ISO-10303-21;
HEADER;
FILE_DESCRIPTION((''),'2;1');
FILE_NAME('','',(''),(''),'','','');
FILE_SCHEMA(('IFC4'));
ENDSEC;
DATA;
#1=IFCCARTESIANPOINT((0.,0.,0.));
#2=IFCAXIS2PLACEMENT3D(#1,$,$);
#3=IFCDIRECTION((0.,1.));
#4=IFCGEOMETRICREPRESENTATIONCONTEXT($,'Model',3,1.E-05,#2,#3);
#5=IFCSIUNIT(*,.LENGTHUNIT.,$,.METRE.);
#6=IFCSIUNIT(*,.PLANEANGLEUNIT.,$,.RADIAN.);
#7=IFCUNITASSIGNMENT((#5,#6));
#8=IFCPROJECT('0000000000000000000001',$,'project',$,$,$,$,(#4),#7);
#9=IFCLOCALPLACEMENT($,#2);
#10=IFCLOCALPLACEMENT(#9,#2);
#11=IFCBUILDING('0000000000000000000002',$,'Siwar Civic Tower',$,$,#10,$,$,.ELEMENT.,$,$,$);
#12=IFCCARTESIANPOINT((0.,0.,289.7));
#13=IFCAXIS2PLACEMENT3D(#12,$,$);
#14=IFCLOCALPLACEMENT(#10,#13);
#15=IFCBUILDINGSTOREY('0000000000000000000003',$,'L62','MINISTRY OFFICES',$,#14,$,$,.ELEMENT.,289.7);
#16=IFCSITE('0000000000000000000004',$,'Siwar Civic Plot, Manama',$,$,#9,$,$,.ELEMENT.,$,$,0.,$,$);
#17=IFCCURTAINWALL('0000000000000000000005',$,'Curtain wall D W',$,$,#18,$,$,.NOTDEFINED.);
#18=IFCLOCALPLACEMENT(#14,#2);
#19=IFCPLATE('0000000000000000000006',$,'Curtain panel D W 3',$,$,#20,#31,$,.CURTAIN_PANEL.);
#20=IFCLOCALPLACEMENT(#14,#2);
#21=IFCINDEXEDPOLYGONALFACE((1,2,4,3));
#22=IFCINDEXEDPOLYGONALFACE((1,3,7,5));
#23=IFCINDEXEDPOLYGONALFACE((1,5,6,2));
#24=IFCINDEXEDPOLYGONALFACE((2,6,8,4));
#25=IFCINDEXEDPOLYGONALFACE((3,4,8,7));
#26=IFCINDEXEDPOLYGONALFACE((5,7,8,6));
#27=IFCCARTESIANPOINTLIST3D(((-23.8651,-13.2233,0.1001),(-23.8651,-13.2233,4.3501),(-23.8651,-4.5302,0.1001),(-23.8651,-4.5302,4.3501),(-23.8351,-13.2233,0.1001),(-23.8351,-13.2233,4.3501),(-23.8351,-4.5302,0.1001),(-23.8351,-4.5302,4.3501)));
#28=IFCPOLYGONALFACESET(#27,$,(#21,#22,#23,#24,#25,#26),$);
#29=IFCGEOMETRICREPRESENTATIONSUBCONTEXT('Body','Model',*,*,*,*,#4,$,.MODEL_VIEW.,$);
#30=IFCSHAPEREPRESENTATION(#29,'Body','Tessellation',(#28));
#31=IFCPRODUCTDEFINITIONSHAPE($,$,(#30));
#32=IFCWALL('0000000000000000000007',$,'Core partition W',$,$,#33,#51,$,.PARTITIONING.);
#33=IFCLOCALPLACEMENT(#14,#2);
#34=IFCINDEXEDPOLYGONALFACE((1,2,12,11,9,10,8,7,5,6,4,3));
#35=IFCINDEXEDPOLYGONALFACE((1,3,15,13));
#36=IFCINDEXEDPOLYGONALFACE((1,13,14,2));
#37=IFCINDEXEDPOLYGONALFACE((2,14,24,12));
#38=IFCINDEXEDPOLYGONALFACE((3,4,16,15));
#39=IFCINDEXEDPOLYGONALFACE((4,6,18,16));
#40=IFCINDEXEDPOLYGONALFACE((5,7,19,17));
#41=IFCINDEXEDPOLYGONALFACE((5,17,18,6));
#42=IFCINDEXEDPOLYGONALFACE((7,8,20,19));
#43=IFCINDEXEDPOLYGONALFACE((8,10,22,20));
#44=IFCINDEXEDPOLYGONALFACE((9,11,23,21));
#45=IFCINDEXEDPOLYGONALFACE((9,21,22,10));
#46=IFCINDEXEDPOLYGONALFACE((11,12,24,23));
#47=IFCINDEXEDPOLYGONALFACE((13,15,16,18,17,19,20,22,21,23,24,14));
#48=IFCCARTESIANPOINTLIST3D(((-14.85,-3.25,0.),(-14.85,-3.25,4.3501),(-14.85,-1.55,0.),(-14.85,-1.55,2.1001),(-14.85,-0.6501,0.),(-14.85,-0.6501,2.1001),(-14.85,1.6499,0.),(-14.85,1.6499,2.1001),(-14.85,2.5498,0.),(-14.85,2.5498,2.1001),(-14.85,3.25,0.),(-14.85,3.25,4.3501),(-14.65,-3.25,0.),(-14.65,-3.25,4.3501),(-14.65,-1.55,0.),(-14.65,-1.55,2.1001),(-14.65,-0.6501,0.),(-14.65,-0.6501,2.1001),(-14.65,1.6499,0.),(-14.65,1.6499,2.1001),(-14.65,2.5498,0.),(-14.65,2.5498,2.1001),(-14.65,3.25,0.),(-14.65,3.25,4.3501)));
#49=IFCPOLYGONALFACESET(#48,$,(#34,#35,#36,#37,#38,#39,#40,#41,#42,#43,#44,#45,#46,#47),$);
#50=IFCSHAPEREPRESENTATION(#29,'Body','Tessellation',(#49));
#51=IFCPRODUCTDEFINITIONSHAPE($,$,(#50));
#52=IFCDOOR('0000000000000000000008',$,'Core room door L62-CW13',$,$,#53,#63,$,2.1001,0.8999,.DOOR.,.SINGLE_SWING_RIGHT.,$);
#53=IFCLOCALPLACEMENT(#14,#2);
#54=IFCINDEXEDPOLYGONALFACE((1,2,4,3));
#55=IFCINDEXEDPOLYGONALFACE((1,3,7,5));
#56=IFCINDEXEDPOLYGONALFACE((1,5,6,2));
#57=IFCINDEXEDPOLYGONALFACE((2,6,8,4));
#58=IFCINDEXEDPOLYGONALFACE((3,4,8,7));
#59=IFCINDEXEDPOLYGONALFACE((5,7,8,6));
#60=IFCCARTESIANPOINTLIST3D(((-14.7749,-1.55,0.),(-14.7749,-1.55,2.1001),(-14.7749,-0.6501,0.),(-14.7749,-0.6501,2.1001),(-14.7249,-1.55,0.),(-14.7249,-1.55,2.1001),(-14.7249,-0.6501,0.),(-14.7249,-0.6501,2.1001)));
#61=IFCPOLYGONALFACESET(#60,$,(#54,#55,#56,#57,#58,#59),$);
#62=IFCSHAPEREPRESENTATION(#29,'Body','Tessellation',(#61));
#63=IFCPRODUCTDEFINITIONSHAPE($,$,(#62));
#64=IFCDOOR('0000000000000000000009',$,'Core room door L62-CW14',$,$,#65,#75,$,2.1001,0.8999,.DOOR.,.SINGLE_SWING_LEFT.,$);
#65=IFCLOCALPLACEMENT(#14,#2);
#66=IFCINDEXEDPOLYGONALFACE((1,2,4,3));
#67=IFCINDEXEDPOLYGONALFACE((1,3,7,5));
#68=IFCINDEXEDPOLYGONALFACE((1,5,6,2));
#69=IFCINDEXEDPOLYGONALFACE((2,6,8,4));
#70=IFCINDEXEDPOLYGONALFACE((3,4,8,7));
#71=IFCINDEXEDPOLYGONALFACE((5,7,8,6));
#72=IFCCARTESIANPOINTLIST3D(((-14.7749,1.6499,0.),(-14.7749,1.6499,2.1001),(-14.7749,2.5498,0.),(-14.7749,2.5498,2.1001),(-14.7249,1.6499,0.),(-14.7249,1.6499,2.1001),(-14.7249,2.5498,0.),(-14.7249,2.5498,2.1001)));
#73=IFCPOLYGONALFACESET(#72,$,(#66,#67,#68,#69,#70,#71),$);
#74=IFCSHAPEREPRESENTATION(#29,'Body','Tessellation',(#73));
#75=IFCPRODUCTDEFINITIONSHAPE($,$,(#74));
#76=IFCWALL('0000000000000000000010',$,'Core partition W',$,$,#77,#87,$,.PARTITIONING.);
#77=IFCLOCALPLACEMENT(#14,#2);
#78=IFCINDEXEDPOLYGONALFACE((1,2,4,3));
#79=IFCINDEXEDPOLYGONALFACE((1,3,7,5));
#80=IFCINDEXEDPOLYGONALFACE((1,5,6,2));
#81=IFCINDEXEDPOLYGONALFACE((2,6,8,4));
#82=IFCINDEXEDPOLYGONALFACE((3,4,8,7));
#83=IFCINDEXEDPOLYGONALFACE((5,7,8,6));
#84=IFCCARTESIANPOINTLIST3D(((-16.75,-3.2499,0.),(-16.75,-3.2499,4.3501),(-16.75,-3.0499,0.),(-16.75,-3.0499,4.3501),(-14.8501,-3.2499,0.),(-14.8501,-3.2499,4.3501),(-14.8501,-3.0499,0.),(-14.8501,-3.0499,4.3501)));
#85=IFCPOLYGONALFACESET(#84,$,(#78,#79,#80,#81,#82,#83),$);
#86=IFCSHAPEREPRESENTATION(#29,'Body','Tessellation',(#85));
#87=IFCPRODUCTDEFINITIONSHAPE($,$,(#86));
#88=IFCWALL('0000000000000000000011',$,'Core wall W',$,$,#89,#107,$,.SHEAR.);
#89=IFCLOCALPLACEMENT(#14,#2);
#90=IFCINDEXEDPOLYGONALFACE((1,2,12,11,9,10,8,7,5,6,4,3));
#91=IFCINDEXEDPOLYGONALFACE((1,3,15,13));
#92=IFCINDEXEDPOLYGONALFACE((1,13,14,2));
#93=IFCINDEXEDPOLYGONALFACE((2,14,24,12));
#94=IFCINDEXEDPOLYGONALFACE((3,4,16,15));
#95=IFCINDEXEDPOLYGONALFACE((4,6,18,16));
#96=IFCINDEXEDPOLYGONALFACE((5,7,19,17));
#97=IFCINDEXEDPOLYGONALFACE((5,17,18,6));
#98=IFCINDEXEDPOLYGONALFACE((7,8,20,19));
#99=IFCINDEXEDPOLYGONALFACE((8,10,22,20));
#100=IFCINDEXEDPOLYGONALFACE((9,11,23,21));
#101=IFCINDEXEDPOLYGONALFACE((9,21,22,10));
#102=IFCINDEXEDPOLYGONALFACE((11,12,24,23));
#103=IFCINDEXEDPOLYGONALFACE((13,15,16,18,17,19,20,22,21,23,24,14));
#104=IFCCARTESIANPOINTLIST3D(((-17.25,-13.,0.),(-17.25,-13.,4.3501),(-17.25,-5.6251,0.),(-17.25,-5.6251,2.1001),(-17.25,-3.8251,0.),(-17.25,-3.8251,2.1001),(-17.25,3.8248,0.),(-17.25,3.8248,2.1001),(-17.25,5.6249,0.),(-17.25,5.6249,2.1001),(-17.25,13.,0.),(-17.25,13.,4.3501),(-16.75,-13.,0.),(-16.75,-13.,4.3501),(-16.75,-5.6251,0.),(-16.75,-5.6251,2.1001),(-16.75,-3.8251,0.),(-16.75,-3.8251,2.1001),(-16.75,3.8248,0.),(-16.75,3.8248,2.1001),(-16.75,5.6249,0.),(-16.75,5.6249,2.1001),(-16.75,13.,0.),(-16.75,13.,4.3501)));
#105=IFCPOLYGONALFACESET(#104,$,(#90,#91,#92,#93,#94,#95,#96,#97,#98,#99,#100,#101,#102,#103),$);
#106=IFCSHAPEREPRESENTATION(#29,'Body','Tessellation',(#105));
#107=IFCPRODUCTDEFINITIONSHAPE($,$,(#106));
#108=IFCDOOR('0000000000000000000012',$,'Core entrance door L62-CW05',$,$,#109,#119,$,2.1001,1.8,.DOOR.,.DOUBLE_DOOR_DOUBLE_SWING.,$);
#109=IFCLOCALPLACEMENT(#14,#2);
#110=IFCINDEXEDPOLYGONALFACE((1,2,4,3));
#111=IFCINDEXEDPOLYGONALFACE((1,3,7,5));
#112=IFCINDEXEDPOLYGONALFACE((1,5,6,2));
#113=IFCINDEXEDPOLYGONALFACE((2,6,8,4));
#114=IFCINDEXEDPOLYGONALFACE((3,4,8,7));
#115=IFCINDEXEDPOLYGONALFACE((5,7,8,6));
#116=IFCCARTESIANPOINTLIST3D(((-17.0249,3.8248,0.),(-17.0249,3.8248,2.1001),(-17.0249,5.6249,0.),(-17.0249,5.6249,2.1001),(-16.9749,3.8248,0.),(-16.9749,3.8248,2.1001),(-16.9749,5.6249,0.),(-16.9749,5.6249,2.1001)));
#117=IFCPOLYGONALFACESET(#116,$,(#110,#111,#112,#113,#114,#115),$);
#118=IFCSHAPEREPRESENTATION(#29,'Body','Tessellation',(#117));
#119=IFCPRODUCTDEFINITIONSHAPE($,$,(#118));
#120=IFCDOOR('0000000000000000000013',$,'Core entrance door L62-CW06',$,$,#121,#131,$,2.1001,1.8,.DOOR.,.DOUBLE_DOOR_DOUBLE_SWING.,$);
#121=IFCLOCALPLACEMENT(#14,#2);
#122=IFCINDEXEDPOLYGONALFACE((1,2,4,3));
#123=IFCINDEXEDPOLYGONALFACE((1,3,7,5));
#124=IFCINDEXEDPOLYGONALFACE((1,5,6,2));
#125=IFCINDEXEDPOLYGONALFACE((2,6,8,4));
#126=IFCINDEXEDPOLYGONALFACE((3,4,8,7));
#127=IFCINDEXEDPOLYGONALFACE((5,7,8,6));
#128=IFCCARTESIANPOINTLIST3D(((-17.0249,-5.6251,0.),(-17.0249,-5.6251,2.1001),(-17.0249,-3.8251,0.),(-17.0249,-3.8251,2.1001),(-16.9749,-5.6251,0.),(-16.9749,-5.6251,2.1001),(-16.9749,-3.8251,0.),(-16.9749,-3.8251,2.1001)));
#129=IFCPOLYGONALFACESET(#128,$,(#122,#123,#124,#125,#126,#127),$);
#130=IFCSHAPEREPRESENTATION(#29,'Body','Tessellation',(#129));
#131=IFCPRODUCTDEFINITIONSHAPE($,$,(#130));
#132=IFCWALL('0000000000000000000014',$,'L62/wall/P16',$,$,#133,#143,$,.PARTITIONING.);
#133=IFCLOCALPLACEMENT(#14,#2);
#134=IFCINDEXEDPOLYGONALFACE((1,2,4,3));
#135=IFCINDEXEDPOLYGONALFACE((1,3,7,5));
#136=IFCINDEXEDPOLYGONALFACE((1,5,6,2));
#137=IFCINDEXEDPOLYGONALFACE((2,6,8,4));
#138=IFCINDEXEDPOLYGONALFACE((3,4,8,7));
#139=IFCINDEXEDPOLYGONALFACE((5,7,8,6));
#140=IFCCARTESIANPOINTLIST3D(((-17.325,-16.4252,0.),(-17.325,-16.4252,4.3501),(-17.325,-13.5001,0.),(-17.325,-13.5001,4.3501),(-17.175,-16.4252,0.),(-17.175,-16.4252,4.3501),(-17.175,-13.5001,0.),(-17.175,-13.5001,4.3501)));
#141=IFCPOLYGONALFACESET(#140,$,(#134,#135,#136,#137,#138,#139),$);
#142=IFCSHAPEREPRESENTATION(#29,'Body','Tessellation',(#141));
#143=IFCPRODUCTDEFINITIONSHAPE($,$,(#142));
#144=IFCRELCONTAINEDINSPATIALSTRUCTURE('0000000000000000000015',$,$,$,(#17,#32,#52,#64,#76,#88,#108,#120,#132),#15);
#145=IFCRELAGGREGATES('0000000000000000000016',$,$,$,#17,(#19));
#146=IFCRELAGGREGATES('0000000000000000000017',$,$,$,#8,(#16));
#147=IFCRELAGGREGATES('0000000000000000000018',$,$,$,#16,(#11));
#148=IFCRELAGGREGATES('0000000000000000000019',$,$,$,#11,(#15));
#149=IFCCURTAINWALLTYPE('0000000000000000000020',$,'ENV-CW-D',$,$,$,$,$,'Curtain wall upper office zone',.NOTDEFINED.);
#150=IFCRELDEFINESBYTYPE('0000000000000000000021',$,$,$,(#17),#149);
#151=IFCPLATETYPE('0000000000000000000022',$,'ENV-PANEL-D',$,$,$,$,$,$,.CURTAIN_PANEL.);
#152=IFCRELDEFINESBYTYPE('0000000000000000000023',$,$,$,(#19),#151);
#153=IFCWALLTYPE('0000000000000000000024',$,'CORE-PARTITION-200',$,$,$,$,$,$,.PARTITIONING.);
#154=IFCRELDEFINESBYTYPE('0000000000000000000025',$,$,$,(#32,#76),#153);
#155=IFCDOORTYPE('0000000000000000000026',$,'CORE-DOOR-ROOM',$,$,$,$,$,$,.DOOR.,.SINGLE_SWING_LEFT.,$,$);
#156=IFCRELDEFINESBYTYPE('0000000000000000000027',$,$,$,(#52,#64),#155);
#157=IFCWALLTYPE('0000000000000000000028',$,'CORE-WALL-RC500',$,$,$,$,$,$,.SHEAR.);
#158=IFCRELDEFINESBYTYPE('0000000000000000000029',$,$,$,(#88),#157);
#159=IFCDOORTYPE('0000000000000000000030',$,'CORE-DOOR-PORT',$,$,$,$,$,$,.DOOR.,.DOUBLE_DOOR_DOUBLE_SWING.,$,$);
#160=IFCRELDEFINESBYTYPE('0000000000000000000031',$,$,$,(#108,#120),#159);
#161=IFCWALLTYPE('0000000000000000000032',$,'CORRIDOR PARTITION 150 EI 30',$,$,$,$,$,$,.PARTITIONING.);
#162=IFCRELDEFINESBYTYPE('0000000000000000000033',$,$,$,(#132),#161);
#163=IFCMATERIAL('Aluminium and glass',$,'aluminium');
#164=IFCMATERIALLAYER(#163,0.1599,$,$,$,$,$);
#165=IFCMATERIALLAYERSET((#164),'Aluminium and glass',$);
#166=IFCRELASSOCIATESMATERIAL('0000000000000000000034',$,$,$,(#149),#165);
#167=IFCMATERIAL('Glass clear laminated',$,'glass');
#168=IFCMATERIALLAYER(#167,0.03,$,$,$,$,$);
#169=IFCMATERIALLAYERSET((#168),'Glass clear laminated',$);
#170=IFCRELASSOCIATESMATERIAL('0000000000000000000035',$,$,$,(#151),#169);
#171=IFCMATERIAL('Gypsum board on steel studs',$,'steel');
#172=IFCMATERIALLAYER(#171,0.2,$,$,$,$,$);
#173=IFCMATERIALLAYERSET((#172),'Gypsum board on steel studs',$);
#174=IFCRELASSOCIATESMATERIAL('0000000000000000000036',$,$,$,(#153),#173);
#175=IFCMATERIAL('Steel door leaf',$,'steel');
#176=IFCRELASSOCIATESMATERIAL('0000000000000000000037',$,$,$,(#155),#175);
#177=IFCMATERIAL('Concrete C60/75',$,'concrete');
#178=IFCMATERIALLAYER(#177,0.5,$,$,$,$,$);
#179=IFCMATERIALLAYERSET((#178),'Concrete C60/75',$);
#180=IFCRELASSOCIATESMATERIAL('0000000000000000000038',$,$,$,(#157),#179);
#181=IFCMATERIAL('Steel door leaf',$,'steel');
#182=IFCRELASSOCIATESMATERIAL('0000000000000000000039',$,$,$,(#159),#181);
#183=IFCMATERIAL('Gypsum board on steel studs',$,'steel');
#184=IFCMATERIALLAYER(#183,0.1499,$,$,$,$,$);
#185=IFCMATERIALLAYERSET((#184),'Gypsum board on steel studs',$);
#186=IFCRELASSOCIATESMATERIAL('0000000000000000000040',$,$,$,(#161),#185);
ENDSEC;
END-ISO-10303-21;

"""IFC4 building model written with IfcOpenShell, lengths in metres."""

from ifc_helpers import new_model, si_unit, direction, frame, frame_2d, origin, origin_2d, place, context, subcontext, project, spatial, rectangle, extrude, material, layer, layer_set, type_object, element, fill, aggregate, save


model = new_model("IFC4")

# Units and contexts
model_context = context("Model", 3, precision=1e-05, world=origin(), true_north=direction((0.0, 1.0)))
body_context = subcontext(model_context, "Body", "Model", "MODEL_VIEW")
ifc_project = project(units=[si_unit("LENGTHUNIT", "METRE"), si_unit("PLANEANGLEUNIT", "RADIAN")], contexts=[model_context])

# Site, building, storey
site_placement = place(None, origin())
site = spatial("IfcSite", under=ifc_project, at=site_placement, Name="Siwar Civic Plot, Manama", CompositionType="ELEMENT", RefElevation=0.0)
building_placement = place(site_placement, origin())
building = spatial("IfcBuilding", under=site, at=building_placement, Name="Siwar Civic Tower", CompositionType="ELEMENT")
storey_placement = place(building_placement, frame((0.0, 0.0, 289.7)))
storey = spatial("IfcBuildingStorey", under=building, at=storey_placement, Name="L62", Description="MINISTRY OFFICES", CompositionType="ELEMENT", Elevation=289.7)

# Curtain wall
ifc_material_1 = material(Name="Aluminium and glass", Category="aluminium")
ifc_layer_1 = layer(ifc_material_1, 0.1599)
ifc_layer_set_1 = layer_set([ifc_layer_1], Name="Aluminium and glass")
curtain_wall_type_1 = type_object("IfcCurtainWallType", Name="ENV-CW-D", ElementType="Curtain wall upper office zone", PredefinedType="NOTDEFINED", material=ifc_layer_set_1)
curtain_wall_1_placement = place(storey_placement, origin())
curtain_wall_1 = element("IfcCurtainWall", 1, at=curtain_wall_1_placement, inside=storey, type_object=curtain_wall_type_1, Name="Curtain wall D W", PredefinedType="NOTDEFINED")

# Plate
ifc_material_2 = material(Name="Glass clear laminated", Category="glass")
ifc_layer_2 = layer(ifc_material_2, 0.03)
ifc_layer_set_2 = layer_set([ifc_layer_2], Name="Glass clear laminated")
plate_type = type_object("IfcPlateType", Name="ENV-PANEL-D", PredefinedType="CURTAIN_PANEL", material=ifc_layer_set_2)
plate_placement = place(storey_placement, frame((-23.8501, -8.8767, 0.1001), z_axis=(0.0, 0.0, 1.0), x_axis=(0.0, -1.0, 0.0)))
plate = element("IfcPlate", 2, at=plate_placement, type_object=plate_type, Name="Curtain panel D W 3", PredefinedType="CURTAIN_PANEL", context=body_context, shape_type="SweptSolid", body=[
    extrude(rectangle(XDim=8.6931, YDim=0.03, at=origin_2d()), origin(), (0.0, 0.0, 1.0), 4.25),
])
aggregate(curtain_wall_1, [plate])

# Wall, openings, doors
ifc_material_3 = material(Name="Gypsum board on steel studs", Category="steel")
ifc_layer_3 = layer(ifc_material_3, 0.2)
ifc_layer_set_3 = layer_set([ifc_layer_3], Name="Gypsum board on steel studs")
wall_type_1 = type_object("IfcWallType", Name="CORE-PARTITION-200", PredefinedType="PARTITIONING", material=ifc_layer_set_3)
wall_1_placement = place(storey_placement, frame((-14.75, -3.25, 0.0), z_axis=(0.0, 0.0, 1.0), x_axis=(0.0, 1.0, 0.0)))
wall_1 = element("IfcWall", 3, at=wall_1_placement, inside=storey, type_object=wall_type_1, Name="Core partition W", PredefinedType="PARTITIONING", context=body_context, shape_type="SweptSolid", body=[
    extrude(rectangle(XDim=6.5, YDim=0.2, at=frame_2d((3.25, 0.0))), origin(), (0.0, 0.0, 1.0), 4.3501),
])
opening_1_placement = place(wall_1_placement, frame((1.7, 0.0, 0.0)))
opening_1 = element("IfcOpeningElement", 4, at=opening_1_placement, cuts=wall_1, PredefinedType="OPENING", context=body_context, shape_type="SweptSolid", body=[
    extrude(rectangle(XDim=0.8999, YDim=2.1001, at=frame_2d((0.45, 1.05))), frame((0.0, 0.1099, 0.0), z_axis=(0.0, -1.0, 0.0), x_axis=(1.0, 0.0, 0.0)), (0.0, 0.0, 1.0), 0.22),
])
opening_2_placement = place(wall_1_placement, frame((4.8999, 0.0, 0.0)))
opening_2 = element("IfcOpeningElement", 5, at=opening_2_placement, cuts=wall_1, PredefinedType="OPENING", context=body_context, shape_type="SweptSolid", body=[
    extrude(rectangle(XDim=0.8999, YDim=2.1001, at=frame_2d((0.45, 1.05))), frame((0.0, 0.1099, 0.0), z_axis=(0.0, -1.0, 0.0), x_axis=(1.0, 0.0, 0.0)), (0.0, 0.0, 1.0), 0.22),
])
ifc_material_4 = material(Name="Steel door leaf", Category="steel")
door_type_1 = type_object("IfcDoorType", Name="CORE-DOOR-ROOM", OperationType="SINGLE_SWING_LEFT", PredefinedType="DOOR", material=ifc_material_4)
door_1_placement = place(opening_1_placement, origin())
door_1 = element("IfcDoor", 6, at=door_1_placement, inside=storey, type_object=door_type_1, Name="Core room door L62-CW13", OperationType="SINGLE_SWING_RIGHT", OverallHeight=2.1001, OverallWidth=0.8999, PredefinedType="DOOR", context=body_context, shape_type="SweptSolid", body=[
    extrude(rectangle(XDim=0.8999, YDim=2.1001, at=frame_2d((0.45, 1.05))), frame((0.0, 0.0249, 0.0), z_axis=(0.0, -1.0, 0.0), x_axis=(1.0, 0.0, 0.0)), (0.0, 0.0, 1.0), 0.05),
])
fill(opening_1, door_1)
door_2_placement = place(opening_2_placement, origin())
door_2 = element("IfcDoor", 7, at=door_2_placement, inside=storey, type_object=door_type_1, Name="Core room door L62-CW14", OperationType="SINGLE_SWING_LEFT", OverallHeight=2.1001, OverallWidth=0.8999, PredefinedType="DOOR", context=body_context, shape_type="SweptSolid", body=[
    extrude(rectangle(XDim=0.8999, YDim=2.1001, at=frame_2d((0.45, 1.05))), frame((0.0, 0.0249, 0.0), z_axis=(0.0, -1.0, 0.0), x_axis=(1.0, 0.0, 0.0)), (0.0, 0.0, 1.0), 0.05),
])
fill(opening_2, door_2)

# Wall
wall_2_placement = place(storey_placement, frame((-14.8501, -3.1499, 0.0), z_axis=(0.0, 0.0, 1.0), x_axis=(-1.0, 0.0, 0.0)))
element("IfcWall", 8, at=wall_2_placement, inside=storey, type_object=wall_type_1, Name="Core partition W", PredefinedType="PARTITIONING", context=body_context, shape_type="SweptSolid", body=[
    extrude(rectangle(XDim=1.8999, YDim=0.2, at=frame_2d((0.95, 0.0))), origin(), (0.0, 0.0, 1.0), 4.3501),
])

# Wall, openings, doors
ifc_material_5 = material(Name="Concrete C60/75", Category="concrete")
ifc_layer_4 = layer(ifc_material_5, 0.5)
ifc_layer_set_4 = layer_set([ifc_layer_4], Name="Concrete C60/75")
wall_type_2 = type_object("IfcWallType", Name="CORE-WALL-RC500", PredefinedType="SHEAR", material=ifc_layer_set_4)
wall_3_placement = place(storey_placement, frame((-17.0, -13.0, 0.0), z_axis=(0.0, 0.0, 1.0), x_axis=(0.0, 1.0, 0.0)))
wall_3 = element("IfcWall", 9, at=wall_3_placement, inside=storey, type_object=wall_type_2, Name="Core wall W", PredefinedType="SHEAR", context=body_context, shape_type="SweptSolid", body=[
    extrude(rectangle(XDim=26.0, YDim=0.5, at=frame_2d((13.0, 0.0))), origin(), (0.0, 0.0, 1.0), 4.3501),
])
opening_3_placement = place(wall_3_placement, frame((16.825, 0.0, 0.0)))
opening_3 = element("IfcOpeningElement", 10, at=opening_3_placement, cuts=wall_3, PredefinedType="OPENING", context=body_context, shape_type="SweptSolid", body=[
    extrude(rectangle(XDim=1.8, YDim=2.1001, at=frame_2d((0.8999, 1.05))), frame((0.0, 0.26, 0.0), z_axis=(0.0, -1.0, 0.0), x_axis=(1.0, 0.0, 0.0)), (0.0, 0.0, 1.0), 0.52),
])
opening_4_placement = place(wall_3_placement, frame((7.375, 0.0, 0.0)))
opening_4 = element("IfcOpeningElement", 11, at=opening_4_placement, cuts=wall_3, PredefinedType="OPENING", context=body_context, shape_type="SweptSolid", body=[
    extrude(rectangle(XDim=1.8, YDim=2.1001, at=frame_2d((0.8999, 1.05))), frame((0.0, 0.26, 0.0), z_axis=(0.0, -1.0, 0.0), x_axis=(1.0, 0.0, 0.0)), (0.0, 0.0, 1.0), 0.52),
])
ifc_material_6 = material(Name="Steel door leaf", Category="steel")
door_type_2 = type_object("IfcDoorType", Name="CORE-DOOR-PORT", OperationType="DOUBLE_DOOR_DOUBLE_SWING", PredefinedType="DOOR", material=ifc_material_6)
door_3_placement = place(opening_3_placement, origin())
door_3 = element("IfcDoor", 12, at=door_3_placement, inside=storey, type_object=door_type_2, Name="Core entrance door L62-CW05", OperationType="DOUBLE_DOOR_DOUBLE_SWING", OverallHeight=2.1001, OverallWidth=1.8, PredefinedType="DOOR", context=body_context, shape_type="SweptSolid", body=[
    extrude(rectangle(XDim=1.8, YDim=2.1001, at=frame_2d((0.8999, 1.05))), frame((0.0, 0.0249, 0.0), z_axis=(0.0, -1.0, 0.0), x_axis=(1.0, 0.0, 0.0)), (0.0, 0.0, 1.0), 0.05),
])
fill(opening_3, door_3)
door_4_placement = place(opening_4_placement, origin())
door_4 = element("IfcDoor", 13, at=door_4_placement, inside=storey, type_object=door_type_2, Name="Core entrance door L62-CW06", OperationType="DOUBLE_DOOR_DOUBLE_SWING", OverallHeight=2.1001, OverallWidth=1.8, PredefinedType="DOOR", context=body_context, shape_type="SweptSolid", body=[
    extrude(rectangle(XDim=1.8, YDim=2.1001, at=frame_2d((0.8999, 1.05))), frame((0.0, 0.0249, 0.0), z_axis=(0.0, -1.0, 0.0), x_axis=(1.0, 0.0, 0.0)), (0.0, 0.0, 1.0), 0.05),
])
fill(opening_4, door_4)

# Wall
ifc_material_7 = material(Name="Gypsum board on steel studs", Category="steel")
ifc_layer_5 = layer(ifc_material_7, 0.1499)
ifc_layer_set_5 = layer_set([ifc_layer_5], Name="Gypsum board on steel studs")
wall_type_3 = type_object("IfcWallType", Name="CORRIDOR PARTITION 150 EI 30", PredefinedType="PARTITIONING", material=ifc_layer_set_5)
wall_4_placement = place(storey_placement, frame((-17.25, -16.425, 0.0), z_axis=(0.0, 0.0, 1.0), x_axis=(0.0, 1.0, 0.0)))
element("IfcWall", 14, at=wall_4_placement, inside=storey, type_object=wall_type_3, Name="L62/wall/P16", PredefinedType="PARTITIONING", context=body_context, shape_type="SweptSolid", body=[
    extrude(rectangle(XDim=2.925, YDim=0.1499, at=frame_2d((1.4624, 0.0))), origin(), (0.0, 0.0, 1.0), 4.3501),
])

save(model, "model.ifc")
